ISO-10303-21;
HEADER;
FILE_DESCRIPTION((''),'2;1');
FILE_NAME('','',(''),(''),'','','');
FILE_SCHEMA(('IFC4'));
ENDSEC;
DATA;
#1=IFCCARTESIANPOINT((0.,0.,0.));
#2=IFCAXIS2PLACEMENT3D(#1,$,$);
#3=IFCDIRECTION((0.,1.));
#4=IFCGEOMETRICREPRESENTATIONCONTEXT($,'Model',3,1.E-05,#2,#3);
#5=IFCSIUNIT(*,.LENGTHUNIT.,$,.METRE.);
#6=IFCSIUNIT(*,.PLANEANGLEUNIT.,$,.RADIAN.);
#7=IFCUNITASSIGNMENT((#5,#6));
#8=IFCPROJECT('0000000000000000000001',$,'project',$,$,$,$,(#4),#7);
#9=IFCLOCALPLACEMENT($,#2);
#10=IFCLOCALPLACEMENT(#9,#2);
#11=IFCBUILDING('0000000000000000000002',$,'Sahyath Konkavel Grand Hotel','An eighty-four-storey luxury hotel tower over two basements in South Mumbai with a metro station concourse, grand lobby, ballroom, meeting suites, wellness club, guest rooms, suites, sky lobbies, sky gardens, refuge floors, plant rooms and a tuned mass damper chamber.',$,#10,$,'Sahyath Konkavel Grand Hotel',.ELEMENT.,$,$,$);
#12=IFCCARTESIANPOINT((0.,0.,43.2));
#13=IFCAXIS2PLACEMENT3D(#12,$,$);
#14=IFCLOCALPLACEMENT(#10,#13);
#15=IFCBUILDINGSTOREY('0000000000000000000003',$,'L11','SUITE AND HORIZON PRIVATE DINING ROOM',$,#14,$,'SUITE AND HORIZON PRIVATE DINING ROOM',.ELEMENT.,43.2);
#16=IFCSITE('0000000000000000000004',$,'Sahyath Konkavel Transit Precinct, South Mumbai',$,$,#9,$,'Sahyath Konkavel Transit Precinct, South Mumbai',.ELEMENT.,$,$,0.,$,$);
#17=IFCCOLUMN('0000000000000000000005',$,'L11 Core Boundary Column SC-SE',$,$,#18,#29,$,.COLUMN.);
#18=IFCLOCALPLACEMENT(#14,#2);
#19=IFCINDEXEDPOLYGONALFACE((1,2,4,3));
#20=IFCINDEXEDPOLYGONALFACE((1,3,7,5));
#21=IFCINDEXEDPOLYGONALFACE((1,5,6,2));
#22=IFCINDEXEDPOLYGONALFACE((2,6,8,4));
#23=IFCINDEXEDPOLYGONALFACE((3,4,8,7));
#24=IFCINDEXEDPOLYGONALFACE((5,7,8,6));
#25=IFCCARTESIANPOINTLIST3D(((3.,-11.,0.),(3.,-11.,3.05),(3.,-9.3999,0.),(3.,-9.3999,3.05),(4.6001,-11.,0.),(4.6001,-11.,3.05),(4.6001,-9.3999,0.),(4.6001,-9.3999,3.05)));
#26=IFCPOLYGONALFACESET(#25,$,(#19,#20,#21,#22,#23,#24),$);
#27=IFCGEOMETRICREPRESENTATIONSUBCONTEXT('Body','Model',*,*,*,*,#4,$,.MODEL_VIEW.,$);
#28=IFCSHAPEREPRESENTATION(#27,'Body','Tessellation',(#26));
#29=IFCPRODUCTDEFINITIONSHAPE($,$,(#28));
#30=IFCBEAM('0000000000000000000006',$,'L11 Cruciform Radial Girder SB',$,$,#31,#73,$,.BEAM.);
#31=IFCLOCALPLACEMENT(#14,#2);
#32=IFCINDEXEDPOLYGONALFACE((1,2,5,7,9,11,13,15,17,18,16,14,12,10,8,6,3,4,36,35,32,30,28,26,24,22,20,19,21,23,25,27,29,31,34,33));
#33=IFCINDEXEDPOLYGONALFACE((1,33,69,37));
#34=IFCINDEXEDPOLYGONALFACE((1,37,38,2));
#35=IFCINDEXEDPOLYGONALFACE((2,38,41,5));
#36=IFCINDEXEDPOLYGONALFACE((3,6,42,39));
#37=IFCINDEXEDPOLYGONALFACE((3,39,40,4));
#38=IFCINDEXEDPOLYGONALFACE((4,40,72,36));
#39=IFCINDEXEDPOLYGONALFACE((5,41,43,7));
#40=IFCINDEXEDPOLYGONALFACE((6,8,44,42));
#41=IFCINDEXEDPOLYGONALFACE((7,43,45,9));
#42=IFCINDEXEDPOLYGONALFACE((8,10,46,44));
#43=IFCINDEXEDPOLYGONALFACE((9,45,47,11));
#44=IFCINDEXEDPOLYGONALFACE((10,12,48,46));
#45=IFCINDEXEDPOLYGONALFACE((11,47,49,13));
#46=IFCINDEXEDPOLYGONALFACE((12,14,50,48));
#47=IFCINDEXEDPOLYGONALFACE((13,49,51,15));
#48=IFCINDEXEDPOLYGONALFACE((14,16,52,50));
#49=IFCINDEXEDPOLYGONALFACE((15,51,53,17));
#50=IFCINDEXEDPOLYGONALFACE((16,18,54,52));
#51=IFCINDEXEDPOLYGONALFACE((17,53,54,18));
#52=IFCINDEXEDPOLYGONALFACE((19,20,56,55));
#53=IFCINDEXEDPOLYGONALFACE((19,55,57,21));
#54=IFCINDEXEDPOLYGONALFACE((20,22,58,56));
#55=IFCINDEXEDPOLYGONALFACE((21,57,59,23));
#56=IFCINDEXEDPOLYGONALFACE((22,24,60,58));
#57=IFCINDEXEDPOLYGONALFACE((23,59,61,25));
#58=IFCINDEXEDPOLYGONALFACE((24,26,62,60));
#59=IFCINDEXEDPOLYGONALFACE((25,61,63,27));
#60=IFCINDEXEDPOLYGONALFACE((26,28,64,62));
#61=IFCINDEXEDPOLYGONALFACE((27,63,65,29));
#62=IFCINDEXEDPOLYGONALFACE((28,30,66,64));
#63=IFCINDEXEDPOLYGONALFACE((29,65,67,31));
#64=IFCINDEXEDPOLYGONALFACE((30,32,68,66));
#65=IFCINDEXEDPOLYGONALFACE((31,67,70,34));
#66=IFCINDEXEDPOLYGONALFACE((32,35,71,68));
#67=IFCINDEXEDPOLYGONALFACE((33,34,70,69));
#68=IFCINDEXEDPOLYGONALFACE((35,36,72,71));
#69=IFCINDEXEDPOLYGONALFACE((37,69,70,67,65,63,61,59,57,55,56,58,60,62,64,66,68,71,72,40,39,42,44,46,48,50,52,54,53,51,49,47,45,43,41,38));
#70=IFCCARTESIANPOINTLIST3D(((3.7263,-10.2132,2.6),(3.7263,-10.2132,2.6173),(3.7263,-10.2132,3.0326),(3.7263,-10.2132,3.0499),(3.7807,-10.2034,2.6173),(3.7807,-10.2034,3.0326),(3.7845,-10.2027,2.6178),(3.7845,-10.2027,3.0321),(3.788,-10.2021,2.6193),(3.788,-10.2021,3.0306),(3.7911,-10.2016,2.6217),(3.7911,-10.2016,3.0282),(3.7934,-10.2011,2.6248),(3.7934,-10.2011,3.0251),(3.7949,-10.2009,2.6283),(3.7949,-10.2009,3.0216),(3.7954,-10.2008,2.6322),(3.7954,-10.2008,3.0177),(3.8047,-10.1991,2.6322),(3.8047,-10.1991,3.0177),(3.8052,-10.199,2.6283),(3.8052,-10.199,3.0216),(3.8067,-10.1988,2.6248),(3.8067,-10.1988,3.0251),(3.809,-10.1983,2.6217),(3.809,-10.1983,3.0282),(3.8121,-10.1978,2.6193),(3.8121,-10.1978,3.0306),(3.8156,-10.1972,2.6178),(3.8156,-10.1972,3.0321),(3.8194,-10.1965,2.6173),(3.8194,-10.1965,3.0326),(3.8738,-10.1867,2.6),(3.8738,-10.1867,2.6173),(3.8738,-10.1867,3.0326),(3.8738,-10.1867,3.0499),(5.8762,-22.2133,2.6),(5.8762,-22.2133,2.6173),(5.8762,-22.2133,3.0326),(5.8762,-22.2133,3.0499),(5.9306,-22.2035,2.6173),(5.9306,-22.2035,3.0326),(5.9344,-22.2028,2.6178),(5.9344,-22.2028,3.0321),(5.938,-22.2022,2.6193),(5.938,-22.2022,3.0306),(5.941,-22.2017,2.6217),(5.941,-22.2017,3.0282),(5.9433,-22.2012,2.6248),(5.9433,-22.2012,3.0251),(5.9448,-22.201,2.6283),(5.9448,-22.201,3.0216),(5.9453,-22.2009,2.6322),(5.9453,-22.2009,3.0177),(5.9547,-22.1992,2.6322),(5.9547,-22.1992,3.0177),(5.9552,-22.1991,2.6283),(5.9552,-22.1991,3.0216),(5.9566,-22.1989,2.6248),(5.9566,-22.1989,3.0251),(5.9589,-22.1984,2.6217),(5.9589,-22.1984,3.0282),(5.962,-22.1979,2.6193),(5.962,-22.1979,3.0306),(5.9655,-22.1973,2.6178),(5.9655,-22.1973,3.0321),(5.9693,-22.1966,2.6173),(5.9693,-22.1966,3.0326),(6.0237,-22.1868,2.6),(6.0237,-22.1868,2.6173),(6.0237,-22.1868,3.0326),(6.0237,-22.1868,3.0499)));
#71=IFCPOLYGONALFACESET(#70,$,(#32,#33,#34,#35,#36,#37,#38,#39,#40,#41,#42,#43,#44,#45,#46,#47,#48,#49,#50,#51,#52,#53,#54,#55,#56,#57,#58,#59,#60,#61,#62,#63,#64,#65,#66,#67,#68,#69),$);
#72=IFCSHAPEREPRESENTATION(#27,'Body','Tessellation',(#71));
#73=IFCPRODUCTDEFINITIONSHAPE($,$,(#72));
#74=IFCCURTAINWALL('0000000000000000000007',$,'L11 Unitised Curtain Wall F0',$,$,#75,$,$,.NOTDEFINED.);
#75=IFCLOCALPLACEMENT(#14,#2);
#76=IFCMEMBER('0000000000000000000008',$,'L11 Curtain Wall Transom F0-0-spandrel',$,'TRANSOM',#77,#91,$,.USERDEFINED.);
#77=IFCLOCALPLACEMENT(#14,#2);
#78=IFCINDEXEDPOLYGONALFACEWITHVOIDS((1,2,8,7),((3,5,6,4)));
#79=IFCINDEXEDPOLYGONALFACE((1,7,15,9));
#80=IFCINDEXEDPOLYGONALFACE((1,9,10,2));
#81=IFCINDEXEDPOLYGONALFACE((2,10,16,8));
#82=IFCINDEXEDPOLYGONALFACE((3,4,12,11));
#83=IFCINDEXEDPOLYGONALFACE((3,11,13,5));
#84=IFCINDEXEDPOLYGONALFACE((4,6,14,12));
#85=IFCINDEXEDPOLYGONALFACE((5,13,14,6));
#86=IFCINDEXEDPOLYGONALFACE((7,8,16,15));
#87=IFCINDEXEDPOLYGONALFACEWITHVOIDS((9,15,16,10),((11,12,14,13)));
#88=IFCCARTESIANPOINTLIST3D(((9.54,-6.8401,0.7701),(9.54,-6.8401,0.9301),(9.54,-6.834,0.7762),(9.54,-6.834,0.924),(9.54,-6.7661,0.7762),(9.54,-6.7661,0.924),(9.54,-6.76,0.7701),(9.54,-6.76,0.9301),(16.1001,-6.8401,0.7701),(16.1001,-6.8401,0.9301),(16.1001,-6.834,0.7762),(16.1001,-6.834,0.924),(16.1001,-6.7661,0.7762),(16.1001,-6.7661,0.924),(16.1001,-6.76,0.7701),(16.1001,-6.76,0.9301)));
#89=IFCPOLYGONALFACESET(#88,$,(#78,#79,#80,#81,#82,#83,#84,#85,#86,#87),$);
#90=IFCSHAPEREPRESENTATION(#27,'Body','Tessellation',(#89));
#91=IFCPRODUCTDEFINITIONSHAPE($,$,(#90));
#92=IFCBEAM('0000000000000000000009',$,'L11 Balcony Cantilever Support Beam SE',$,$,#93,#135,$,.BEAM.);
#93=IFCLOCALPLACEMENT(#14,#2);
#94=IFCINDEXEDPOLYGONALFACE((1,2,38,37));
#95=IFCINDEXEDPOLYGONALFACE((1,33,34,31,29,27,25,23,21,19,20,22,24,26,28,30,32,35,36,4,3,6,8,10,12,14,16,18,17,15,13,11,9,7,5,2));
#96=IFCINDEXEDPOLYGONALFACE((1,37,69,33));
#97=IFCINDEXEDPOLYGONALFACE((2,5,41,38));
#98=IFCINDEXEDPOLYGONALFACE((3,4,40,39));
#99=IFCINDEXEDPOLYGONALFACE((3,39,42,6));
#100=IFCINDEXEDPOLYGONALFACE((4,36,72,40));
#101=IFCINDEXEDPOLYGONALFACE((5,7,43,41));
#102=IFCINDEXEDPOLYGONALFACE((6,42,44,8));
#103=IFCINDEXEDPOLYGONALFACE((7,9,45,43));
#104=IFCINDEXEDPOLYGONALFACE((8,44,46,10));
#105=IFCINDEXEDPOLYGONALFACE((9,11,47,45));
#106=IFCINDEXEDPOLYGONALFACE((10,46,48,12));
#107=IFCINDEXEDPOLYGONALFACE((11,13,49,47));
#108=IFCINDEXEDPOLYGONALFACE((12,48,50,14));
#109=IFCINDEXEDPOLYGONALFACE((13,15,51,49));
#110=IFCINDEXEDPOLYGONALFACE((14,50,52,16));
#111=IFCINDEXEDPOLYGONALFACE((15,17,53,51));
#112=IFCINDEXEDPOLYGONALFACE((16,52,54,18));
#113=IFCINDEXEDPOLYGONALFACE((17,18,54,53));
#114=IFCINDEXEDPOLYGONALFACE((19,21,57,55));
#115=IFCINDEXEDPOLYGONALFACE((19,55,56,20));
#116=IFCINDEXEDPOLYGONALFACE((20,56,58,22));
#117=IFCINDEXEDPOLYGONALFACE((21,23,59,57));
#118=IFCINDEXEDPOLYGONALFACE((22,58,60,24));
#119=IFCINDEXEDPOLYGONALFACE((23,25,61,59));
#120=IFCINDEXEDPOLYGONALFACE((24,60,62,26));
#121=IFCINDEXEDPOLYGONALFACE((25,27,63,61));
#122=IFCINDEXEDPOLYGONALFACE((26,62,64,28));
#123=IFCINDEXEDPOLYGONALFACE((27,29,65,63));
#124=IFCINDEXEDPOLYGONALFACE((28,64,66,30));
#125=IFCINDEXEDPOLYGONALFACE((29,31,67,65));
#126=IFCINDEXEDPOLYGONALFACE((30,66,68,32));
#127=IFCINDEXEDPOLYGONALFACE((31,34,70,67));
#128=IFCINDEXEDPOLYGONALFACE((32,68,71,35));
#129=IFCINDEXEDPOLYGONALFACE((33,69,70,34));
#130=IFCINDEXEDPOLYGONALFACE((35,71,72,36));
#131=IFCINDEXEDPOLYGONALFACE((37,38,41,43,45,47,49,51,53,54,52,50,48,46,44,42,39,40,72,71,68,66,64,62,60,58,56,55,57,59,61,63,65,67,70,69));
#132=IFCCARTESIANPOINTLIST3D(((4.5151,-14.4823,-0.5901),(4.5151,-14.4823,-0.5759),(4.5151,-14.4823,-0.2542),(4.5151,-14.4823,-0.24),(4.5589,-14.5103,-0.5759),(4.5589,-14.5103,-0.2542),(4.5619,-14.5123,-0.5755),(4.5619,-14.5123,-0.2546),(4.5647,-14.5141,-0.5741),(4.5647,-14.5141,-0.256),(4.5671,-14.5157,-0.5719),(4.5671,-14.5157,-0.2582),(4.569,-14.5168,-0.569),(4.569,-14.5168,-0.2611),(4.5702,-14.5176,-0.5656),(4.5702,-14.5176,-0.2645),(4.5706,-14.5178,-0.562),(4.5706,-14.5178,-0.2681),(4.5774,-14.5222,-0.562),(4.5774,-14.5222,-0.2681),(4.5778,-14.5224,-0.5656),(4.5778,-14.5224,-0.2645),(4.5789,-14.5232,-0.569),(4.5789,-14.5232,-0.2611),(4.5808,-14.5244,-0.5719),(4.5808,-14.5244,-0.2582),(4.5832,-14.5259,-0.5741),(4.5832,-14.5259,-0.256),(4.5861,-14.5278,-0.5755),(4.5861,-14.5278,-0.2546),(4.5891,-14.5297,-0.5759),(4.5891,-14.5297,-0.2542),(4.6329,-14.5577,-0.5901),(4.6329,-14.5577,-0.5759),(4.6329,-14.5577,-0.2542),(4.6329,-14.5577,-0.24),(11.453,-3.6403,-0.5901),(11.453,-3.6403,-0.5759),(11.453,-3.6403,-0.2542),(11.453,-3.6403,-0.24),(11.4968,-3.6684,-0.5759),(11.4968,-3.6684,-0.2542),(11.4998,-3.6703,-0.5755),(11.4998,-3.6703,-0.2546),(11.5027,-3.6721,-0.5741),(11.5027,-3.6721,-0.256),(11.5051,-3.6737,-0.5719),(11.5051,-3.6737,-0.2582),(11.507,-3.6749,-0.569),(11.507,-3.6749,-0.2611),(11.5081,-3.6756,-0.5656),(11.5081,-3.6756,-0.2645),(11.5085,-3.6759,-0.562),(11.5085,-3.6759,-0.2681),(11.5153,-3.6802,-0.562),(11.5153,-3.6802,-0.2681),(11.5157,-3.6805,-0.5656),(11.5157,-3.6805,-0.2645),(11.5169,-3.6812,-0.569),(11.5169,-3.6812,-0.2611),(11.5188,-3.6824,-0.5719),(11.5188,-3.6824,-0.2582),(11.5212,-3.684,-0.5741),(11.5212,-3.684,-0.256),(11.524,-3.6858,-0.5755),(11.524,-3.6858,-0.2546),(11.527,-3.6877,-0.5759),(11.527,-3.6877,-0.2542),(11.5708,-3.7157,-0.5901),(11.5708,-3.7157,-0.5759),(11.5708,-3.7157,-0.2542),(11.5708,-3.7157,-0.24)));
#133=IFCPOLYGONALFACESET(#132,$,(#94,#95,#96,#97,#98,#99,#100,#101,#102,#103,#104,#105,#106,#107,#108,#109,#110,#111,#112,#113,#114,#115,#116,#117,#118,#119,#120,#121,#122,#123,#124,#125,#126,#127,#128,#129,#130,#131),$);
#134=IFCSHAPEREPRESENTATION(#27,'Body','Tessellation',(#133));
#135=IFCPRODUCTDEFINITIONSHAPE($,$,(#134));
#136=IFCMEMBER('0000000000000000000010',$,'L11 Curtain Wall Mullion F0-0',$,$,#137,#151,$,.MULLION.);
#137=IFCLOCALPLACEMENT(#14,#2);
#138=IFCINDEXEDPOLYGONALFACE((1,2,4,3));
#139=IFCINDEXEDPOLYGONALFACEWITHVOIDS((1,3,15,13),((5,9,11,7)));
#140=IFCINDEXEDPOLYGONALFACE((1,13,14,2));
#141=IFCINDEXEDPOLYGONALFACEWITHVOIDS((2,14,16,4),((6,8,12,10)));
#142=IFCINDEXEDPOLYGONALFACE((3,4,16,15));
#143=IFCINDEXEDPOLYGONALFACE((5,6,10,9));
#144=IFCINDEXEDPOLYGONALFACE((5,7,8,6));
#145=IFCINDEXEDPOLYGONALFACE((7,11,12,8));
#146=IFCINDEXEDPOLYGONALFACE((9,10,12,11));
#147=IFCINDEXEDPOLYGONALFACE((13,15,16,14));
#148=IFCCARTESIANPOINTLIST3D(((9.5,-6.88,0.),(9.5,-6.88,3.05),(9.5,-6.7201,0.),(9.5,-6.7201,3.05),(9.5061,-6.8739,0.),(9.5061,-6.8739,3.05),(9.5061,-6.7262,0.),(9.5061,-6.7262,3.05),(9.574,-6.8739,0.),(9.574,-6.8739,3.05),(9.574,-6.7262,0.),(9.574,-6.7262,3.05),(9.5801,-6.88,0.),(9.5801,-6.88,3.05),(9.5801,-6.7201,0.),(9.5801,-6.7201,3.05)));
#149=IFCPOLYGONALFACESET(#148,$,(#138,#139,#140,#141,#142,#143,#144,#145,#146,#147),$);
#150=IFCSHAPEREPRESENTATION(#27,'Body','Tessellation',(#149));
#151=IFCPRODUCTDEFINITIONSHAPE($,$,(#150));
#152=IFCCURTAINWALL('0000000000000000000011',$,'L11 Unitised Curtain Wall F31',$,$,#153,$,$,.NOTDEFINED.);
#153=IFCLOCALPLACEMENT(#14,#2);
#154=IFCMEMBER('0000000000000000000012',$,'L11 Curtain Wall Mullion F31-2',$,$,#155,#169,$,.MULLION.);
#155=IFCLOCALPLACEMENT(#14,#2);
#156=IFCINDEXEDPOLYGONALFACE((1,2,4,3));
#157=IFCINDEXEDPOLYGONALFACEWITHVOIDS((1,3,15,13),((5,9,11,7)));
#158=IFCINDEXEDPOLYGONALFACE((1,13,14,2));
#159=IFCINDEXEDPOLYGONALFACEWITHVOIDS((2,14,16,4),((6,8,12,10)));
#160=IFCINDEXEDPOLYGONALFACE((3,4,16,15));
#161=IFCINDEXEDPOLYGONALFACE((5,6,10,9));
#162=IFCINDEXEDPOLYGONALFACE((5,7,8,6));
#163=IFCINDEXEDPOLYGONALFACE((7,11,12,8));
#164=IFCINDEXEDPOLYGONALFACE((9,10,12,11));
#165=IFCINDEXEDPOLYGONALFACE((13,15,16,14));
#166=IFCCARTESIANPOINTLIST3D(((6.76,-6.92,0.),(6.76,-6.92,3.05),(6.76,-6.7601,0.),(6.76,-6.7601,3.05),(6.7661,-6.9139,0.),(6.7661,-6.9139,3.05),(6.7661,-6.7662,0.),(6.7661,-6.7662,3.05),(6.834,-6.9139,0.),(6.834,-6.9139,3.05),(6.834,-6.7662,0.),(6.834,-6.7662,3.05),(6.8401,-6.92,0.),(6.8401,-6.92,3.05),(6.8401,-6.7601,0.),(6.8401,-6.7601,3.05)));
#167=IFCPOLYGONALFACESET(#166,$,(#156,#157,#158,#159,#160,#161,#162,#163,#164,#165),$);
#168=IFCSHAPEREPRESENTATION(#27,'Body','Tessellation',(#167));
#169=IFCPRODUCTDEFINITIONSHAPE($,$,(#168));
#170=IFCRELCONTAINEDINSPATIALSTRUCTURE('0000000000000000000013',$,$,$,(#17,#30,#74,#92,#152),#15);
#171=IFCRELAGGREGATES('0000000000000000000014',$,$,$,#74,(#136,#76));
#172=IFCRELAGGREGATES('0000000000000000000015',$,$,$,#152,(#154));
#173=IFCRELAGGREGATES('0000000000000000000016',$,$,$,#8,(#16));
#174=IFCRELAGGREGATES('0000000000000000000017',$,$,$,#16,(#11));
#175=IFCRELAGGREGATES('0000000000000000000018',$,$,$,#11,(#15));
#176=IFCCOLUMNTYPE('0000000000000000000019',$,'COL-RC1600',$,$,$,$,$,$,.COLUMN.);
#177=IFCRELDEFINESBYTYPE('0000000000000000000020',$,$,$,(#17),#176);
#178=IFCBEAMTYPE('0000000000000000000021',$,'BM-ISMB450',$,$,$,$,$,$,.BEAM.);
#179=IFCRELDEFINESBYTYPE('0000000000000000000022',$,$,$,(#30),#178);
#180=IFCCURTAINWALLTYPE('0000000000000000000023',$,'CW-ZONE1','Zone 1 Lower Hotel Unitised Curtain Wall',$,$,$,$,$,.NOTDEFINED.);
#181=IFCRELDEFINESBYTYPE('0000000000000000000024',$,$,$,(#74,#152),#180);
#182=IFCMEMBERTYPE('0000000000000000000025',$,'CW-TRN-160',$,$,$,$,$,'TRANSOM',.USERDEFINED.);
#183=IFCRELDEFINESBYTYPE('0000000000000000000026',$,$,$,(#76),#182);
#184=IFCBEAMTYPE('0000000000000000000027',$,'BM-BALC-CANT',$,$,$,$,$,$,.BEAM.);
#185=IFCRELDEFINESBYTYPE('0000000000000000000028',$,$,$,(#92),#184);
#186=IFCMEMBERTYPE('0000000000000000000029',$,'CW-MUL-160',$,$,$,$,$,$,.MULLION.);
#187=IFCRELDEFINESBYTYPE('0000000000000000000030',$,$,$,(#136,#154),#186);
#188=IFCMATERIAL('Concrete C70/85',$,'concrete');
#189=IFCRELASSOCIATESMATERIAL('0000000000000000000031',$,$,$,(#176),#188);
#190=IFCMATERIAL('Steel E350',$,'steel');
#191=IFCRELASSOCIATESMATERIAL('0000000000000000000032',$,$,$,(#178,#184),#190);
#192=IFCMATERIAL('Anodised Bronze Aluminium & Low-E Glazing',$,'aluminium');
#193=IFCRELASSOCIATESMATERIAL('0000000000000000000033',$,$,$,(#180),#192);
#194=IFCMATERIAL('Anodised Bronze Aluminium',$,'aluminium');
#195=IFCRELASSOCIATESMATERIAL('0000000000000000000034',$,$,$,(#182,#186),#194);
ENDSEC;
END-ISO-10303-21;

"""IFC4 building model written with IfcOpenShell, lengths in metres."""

from ifc_helpers import new_model, si_unit, direction, frame, origin, origin_2d, place, context, subcontext, project, spatial, rectangle, hollow_rectangle, i_section, extrude, source, transform, mapped, material, material_profile, profile_set, type_object, element, aggregate, save


model = new_model("IFC4")

# Units and contexts
model_context = context("Model", 3, precision=1e-05, world=origin(), true_north=direction((0.0, 1.0)))
body_context = subcontext(model_context, "Body", "Model", "MODEL_VIEW")
ifc_project = project(units=[si_unit("LENGTHUNIT", "METRE"), si_unit("PLANEANGLEUNIT", "RADIAN")], contexts=[model_context])

# Site, building, storey
site_placement = place(None, origin())
site = spatial("IfcSite", under=ifc_project, at=site_placement, Name="Sahyath Konkavel Transit Precinct, South Mumbai", LongName="Sahyath Konkavel Transit Precinct, South Mumbai", CompositionType="ELEMENT", RefElevation=0.0)
building_placement = place(site_placement, origin())
building = spatial("IfcBuilding", under=site, at=building_placement, Name="Sahyath Konkavel Grand Hotel", Description="An eighty-four-storey luxury hotel tower over two basements in South Mumbai with a metro station concourse, grand lobby, ballroom, meeting suites, wellness club, guest rooms, suites, sky lobbies, sky gardens, refuge floors, plant rooms and a tuned mass damper chamber.", LongName="Sahyath Konkavel Grand Hotel", CompositionType="ELEMENT")
storey_placement = place(building_placement, frame((0.0, 0.0, 43.2)))
storey = spatial("IfcBuildingStorey", under=building, at=storey_placement, Name="L11", Description="SUITE AND HORIZON PRIVATE DINING ROOM", LongName="SUITE AND HORIZON PRIVATE DINING ROOM", CompositionType="ELEMENT", Elevation=43.2)

# Column
ifc_material_1 = material(Name="Concrete C70/85", Category="concrete")
ifc_material_profile_1 = material_profile(ifc_material_1, rectangle(XDim=1.6001, YDim=1.6001, at=origin_2d()), Name="RC 1600x1600")
ifc_profile_set_1 = profile_set([ifc_material_profile_1], Name="Concrete C70/85")
column_type = type_object("IfcColumnType", Name="COL-RC1600", PredefinedType="COLUMN", material=ifc_profile_set_1)
shared_shape_1 = source(origin(), body_context, "Body", "SweptSolid", [
    extrude(rectangle(XDim=1.6001, YDim=1.6001, at=origin_2d()), origin(), (0.0, 0.0, 1.0), 3.05),
])
column_placement = place(storey_placement, frame((3.8, -10.2, 0.0), z_axis=(0.0, 0.0, 1.0), x_axis=(1.0, 0.0, 0.0)))
element("IfcColumn", 1, at=column_placement, inside=storey, type_object=column_type, Name="L11 Core Boundary Column SC-SE", PredefinedType="COLUMN", context=body_context, shape_type="MappedRepresentation", body=[
    mapped(shared_shape_1, transform((0.0, 0.0, 0.0), scale=1.0)),
])

# Beam
ifc_material_2 = material(Name="Steel E350", Category="steel")
ifc_material_profile_2 = material_profile(ifc_material_2, i_section(OverallWidth=0.1499, OverallDepth=0.45, WebThickness=0.0095, FlangeThickness=0.0173, FilletRadius=0.0149, at=origin_2d()), Name="ISMB 450")
ifc_profile_set_2 = profile_set([ifc_material_profile_2], Name="Steel E350")
beam_type_1 = type_object("IfcBeamType", Name="BM-ISMB450", PredefinedType="BEAM", material=ifc_profile_set_2)
shared_shape_2 = source(origin(), body_context, "Body", "SweptSolid", [
    extrude(i_section(OverallWidth=0.1499, OverallDepth=0.45, WebThickness=0.0095, FlangeThickness=0.0173, FilletRadius=0.0149, at=origin_2d()), origin(), (0.0, 0.0, 1.0), 12.1912),
])
beam_1_placement = place(storey_placement, frame((3.8, -10.2, 2.825), z_axis=(0.176351, -0.984327, 0.0), x_axis=(0.984327, 0.176351, 0.0)))
element("IfcBeam", 2, at=beam_1_placement, inside=storey, type_object=beam_type_1, Name="L11 Cruciform Radial Girder SB", PredefinedType="BEAM", context=body_context, shape_type="MappedRepresentation", body=[
    mapped(shared_shape_2, transform((0.0, 0.0, 0.0), scale=1.0)),
])

# Curtain wall, member
ifc_material_3 = material(Name="Anodised Bronze Aluminium & Low-E Glazing", Category="aluminium")
curtain_wall_type = type_object("IfcCurtainWallType", Name="CW-ZONE1", Description="Zone 1 Lower Hotel Unitised Curtain Wall", PredefinedType="NOTDEFINED", material=ifc_material_3)
curtain_wall_1_placement = place(storey_placement, origin())
curtain_wall_1 = element("IfcCurtainWall", 3, at=curtain_wall_1_placement, inside=storey, type_object=curtain_wall_type, Name="L11 Unitised Curtain Wall F0", PredefinedType="NOTDEFINED")
ifc_material_4 = material(Name="Anodised Bronze Aluminium", Category="aluminium")
ifc_material_profile_3 = material_profile(ifc_material_4, hollow_rectangle(XDim=0.0801, YDim=0.1599, WallThickness=0.0061, at=origin_2d()), Name="RHS 160x80x6")
ifc_profile_set_3 = profile_set([ifc_material_profile_3], Name="Anodised Bronze Aluminium")
member_type_1 = type_object("IfcMemberType", Name="CW-TRN-160", ElementType="TRANSOM", PredefinedType="USERDEFINED", material=ifc_profile_set_3)
shared_shape_3 = source(origin(), body_context, "Body", "SweptSolid", [
    extrude(hollow_rectangle(XDim=0.0801, YDim=0.1599, WallThickness=0.0061, at=origin_2d()), origin(), (0.0, 0.0, 1.0), 6.5601),
])
member_1_placement = place(storey_placement, frame((9.54, -6.8, 0.8501), z_axis=(1.0, 0.0, 0.0), x_axis=(0.0, 1.0, 0.0)))
member_1 = element("IfcMember", 4, at=member_1_placement, type_object=member_type_1, Name="L11 Curtain Wall Transom F0-0-spandrel", ObjectType="TRANSOM", PredefinedType="USERDEFINED", context=body_context, shape_type="MappedRepresentation", body=[
    mapped(shared_shape_3, transform((0.0, 0.0, 0.0), scale=1.0)),
])

# Beam
ifc_material_profile_4 = material_profile(ifc_material_2, i_section(OverallWidth=0.1399, OverallDepth=0.3501, WebThickness=0.0081, FlangeThickness=0.0142, FilletRadius=0.0139, at=origin_2d()), Name="ISMB 350")
ifc_profile_set_4 = profile_set([ifc_material_profile_4], Name="Steel E350")
beam_type_2 = type_object("IfcBeamType", Name="BM-BALC-CANT", PredefinedType="BEAM", material=ifc_profile_set_4)
shared_shape_4 = source(origin(), body_context, "Body", "SweptSolid", [
    extrude(i_section(OverallWidth=0.1399, OverallDepth=0.3501, WebThickness=0.0081, FlangeThickness=0.0142, FilletRadius=0.0139, at=origin_2d()), origin(), (0.0, 0.0, 1.0), 12.8718),
])
beam_2_placement = place(storey_placement, frame((4.574, -14.52, -0.415), z_axis=(0.539003, 0.842304, 0.0), x_axis=(-0.842304, 0.539003, 0.0)))
element("IfcBeam", 5, at=beam_2_placement, inside=storey, type_object=beam_type_2, Name="L11 Balcony Cantilever Support Beam SE", PredefinedType="BEAM", context=body_context, shape_type="MappedRepresentation", body=[
    mapped(shared_shape_4, transform((0.0, 0.0, 0.0), scale=1.0)),
])

# Member
ifc_material_profile_5 = material_profile(ifc_material_4, hollow_rectangle(XDim=0.0801, YDim=0.1599, WallThickness=0.0061, at=origin_2d()), Name="RHS 160x80x6")
ifc_profile_set_5 = profile_set([ifc_material_profile_5], Name="Anodised Bronze Aluminium")
member_type_2 = type_object("IfcMemberType", Name="CW-MUL-160", PredefinedType="MULLION", material=ifc_profile_set_5)
shared_shape_5 = source(origin(), body_context, "Body", "SweptSolid", [
    extrude(hollow_rectangle(XDim=0.0801, YDim=0.1599, WallThickness=0.0061, at=origin_2d()), origin(), (0.0, 0.0, 1.0), 3.05),
])
member_2_placement = place(storey_placement, frame((9.54, -6.8, 0.0), z_axis=(0.0, 0.0, 1.0), x_axis=(1.0, 0.0, 0.0)))
member_2 = element("IfcMember", 6, at=member_2_placement, type_object=member_type_2, Name="L11 Curtain Wall Mullion F0-0", PredefinedType="MULLION", context=body_context, shape_type="MappedRepresentation", body=[
    mapped(shared_shape_5, transform((0.0, 0.0, 0.0), scale=1.0)),
])

# Curtain wall, member
curtain_wall_2_placement = place(storey_placement, origin())
curtain_wall_2 = element("IfcCurtainWall", 7, at=curtain_wall_2_placement, inside=storey, type_object=curtain_wall_type, Name="L11 Unitised Curtain Wall F31", PredefinedType="NOTDEFINED")
member_3_placement = place(storey_placement, frame((6.8, -6.8401, 0.0), z_axis=(0.0, 0.0, 1.0), x_axis=(1.0, 0.0, 0.0)))
member_3 = element("IfcMember", 8, at=member_3_placement, type_object=member_type_2, Name="L11 Curtain Wall Mullion F31-2", PredefinedType="MULLION", context=body_context, shape_type="MappedRepresentation", body=[
    mapped(shared_shape_5, transform((0.0, 0.0, 0.0), scale=1.0)),
])

aggregate(curtain_wall_1, [member_2, member_1])
aggregate(curtain_wall_2, [member_3])

save(model, "model.ifc")
